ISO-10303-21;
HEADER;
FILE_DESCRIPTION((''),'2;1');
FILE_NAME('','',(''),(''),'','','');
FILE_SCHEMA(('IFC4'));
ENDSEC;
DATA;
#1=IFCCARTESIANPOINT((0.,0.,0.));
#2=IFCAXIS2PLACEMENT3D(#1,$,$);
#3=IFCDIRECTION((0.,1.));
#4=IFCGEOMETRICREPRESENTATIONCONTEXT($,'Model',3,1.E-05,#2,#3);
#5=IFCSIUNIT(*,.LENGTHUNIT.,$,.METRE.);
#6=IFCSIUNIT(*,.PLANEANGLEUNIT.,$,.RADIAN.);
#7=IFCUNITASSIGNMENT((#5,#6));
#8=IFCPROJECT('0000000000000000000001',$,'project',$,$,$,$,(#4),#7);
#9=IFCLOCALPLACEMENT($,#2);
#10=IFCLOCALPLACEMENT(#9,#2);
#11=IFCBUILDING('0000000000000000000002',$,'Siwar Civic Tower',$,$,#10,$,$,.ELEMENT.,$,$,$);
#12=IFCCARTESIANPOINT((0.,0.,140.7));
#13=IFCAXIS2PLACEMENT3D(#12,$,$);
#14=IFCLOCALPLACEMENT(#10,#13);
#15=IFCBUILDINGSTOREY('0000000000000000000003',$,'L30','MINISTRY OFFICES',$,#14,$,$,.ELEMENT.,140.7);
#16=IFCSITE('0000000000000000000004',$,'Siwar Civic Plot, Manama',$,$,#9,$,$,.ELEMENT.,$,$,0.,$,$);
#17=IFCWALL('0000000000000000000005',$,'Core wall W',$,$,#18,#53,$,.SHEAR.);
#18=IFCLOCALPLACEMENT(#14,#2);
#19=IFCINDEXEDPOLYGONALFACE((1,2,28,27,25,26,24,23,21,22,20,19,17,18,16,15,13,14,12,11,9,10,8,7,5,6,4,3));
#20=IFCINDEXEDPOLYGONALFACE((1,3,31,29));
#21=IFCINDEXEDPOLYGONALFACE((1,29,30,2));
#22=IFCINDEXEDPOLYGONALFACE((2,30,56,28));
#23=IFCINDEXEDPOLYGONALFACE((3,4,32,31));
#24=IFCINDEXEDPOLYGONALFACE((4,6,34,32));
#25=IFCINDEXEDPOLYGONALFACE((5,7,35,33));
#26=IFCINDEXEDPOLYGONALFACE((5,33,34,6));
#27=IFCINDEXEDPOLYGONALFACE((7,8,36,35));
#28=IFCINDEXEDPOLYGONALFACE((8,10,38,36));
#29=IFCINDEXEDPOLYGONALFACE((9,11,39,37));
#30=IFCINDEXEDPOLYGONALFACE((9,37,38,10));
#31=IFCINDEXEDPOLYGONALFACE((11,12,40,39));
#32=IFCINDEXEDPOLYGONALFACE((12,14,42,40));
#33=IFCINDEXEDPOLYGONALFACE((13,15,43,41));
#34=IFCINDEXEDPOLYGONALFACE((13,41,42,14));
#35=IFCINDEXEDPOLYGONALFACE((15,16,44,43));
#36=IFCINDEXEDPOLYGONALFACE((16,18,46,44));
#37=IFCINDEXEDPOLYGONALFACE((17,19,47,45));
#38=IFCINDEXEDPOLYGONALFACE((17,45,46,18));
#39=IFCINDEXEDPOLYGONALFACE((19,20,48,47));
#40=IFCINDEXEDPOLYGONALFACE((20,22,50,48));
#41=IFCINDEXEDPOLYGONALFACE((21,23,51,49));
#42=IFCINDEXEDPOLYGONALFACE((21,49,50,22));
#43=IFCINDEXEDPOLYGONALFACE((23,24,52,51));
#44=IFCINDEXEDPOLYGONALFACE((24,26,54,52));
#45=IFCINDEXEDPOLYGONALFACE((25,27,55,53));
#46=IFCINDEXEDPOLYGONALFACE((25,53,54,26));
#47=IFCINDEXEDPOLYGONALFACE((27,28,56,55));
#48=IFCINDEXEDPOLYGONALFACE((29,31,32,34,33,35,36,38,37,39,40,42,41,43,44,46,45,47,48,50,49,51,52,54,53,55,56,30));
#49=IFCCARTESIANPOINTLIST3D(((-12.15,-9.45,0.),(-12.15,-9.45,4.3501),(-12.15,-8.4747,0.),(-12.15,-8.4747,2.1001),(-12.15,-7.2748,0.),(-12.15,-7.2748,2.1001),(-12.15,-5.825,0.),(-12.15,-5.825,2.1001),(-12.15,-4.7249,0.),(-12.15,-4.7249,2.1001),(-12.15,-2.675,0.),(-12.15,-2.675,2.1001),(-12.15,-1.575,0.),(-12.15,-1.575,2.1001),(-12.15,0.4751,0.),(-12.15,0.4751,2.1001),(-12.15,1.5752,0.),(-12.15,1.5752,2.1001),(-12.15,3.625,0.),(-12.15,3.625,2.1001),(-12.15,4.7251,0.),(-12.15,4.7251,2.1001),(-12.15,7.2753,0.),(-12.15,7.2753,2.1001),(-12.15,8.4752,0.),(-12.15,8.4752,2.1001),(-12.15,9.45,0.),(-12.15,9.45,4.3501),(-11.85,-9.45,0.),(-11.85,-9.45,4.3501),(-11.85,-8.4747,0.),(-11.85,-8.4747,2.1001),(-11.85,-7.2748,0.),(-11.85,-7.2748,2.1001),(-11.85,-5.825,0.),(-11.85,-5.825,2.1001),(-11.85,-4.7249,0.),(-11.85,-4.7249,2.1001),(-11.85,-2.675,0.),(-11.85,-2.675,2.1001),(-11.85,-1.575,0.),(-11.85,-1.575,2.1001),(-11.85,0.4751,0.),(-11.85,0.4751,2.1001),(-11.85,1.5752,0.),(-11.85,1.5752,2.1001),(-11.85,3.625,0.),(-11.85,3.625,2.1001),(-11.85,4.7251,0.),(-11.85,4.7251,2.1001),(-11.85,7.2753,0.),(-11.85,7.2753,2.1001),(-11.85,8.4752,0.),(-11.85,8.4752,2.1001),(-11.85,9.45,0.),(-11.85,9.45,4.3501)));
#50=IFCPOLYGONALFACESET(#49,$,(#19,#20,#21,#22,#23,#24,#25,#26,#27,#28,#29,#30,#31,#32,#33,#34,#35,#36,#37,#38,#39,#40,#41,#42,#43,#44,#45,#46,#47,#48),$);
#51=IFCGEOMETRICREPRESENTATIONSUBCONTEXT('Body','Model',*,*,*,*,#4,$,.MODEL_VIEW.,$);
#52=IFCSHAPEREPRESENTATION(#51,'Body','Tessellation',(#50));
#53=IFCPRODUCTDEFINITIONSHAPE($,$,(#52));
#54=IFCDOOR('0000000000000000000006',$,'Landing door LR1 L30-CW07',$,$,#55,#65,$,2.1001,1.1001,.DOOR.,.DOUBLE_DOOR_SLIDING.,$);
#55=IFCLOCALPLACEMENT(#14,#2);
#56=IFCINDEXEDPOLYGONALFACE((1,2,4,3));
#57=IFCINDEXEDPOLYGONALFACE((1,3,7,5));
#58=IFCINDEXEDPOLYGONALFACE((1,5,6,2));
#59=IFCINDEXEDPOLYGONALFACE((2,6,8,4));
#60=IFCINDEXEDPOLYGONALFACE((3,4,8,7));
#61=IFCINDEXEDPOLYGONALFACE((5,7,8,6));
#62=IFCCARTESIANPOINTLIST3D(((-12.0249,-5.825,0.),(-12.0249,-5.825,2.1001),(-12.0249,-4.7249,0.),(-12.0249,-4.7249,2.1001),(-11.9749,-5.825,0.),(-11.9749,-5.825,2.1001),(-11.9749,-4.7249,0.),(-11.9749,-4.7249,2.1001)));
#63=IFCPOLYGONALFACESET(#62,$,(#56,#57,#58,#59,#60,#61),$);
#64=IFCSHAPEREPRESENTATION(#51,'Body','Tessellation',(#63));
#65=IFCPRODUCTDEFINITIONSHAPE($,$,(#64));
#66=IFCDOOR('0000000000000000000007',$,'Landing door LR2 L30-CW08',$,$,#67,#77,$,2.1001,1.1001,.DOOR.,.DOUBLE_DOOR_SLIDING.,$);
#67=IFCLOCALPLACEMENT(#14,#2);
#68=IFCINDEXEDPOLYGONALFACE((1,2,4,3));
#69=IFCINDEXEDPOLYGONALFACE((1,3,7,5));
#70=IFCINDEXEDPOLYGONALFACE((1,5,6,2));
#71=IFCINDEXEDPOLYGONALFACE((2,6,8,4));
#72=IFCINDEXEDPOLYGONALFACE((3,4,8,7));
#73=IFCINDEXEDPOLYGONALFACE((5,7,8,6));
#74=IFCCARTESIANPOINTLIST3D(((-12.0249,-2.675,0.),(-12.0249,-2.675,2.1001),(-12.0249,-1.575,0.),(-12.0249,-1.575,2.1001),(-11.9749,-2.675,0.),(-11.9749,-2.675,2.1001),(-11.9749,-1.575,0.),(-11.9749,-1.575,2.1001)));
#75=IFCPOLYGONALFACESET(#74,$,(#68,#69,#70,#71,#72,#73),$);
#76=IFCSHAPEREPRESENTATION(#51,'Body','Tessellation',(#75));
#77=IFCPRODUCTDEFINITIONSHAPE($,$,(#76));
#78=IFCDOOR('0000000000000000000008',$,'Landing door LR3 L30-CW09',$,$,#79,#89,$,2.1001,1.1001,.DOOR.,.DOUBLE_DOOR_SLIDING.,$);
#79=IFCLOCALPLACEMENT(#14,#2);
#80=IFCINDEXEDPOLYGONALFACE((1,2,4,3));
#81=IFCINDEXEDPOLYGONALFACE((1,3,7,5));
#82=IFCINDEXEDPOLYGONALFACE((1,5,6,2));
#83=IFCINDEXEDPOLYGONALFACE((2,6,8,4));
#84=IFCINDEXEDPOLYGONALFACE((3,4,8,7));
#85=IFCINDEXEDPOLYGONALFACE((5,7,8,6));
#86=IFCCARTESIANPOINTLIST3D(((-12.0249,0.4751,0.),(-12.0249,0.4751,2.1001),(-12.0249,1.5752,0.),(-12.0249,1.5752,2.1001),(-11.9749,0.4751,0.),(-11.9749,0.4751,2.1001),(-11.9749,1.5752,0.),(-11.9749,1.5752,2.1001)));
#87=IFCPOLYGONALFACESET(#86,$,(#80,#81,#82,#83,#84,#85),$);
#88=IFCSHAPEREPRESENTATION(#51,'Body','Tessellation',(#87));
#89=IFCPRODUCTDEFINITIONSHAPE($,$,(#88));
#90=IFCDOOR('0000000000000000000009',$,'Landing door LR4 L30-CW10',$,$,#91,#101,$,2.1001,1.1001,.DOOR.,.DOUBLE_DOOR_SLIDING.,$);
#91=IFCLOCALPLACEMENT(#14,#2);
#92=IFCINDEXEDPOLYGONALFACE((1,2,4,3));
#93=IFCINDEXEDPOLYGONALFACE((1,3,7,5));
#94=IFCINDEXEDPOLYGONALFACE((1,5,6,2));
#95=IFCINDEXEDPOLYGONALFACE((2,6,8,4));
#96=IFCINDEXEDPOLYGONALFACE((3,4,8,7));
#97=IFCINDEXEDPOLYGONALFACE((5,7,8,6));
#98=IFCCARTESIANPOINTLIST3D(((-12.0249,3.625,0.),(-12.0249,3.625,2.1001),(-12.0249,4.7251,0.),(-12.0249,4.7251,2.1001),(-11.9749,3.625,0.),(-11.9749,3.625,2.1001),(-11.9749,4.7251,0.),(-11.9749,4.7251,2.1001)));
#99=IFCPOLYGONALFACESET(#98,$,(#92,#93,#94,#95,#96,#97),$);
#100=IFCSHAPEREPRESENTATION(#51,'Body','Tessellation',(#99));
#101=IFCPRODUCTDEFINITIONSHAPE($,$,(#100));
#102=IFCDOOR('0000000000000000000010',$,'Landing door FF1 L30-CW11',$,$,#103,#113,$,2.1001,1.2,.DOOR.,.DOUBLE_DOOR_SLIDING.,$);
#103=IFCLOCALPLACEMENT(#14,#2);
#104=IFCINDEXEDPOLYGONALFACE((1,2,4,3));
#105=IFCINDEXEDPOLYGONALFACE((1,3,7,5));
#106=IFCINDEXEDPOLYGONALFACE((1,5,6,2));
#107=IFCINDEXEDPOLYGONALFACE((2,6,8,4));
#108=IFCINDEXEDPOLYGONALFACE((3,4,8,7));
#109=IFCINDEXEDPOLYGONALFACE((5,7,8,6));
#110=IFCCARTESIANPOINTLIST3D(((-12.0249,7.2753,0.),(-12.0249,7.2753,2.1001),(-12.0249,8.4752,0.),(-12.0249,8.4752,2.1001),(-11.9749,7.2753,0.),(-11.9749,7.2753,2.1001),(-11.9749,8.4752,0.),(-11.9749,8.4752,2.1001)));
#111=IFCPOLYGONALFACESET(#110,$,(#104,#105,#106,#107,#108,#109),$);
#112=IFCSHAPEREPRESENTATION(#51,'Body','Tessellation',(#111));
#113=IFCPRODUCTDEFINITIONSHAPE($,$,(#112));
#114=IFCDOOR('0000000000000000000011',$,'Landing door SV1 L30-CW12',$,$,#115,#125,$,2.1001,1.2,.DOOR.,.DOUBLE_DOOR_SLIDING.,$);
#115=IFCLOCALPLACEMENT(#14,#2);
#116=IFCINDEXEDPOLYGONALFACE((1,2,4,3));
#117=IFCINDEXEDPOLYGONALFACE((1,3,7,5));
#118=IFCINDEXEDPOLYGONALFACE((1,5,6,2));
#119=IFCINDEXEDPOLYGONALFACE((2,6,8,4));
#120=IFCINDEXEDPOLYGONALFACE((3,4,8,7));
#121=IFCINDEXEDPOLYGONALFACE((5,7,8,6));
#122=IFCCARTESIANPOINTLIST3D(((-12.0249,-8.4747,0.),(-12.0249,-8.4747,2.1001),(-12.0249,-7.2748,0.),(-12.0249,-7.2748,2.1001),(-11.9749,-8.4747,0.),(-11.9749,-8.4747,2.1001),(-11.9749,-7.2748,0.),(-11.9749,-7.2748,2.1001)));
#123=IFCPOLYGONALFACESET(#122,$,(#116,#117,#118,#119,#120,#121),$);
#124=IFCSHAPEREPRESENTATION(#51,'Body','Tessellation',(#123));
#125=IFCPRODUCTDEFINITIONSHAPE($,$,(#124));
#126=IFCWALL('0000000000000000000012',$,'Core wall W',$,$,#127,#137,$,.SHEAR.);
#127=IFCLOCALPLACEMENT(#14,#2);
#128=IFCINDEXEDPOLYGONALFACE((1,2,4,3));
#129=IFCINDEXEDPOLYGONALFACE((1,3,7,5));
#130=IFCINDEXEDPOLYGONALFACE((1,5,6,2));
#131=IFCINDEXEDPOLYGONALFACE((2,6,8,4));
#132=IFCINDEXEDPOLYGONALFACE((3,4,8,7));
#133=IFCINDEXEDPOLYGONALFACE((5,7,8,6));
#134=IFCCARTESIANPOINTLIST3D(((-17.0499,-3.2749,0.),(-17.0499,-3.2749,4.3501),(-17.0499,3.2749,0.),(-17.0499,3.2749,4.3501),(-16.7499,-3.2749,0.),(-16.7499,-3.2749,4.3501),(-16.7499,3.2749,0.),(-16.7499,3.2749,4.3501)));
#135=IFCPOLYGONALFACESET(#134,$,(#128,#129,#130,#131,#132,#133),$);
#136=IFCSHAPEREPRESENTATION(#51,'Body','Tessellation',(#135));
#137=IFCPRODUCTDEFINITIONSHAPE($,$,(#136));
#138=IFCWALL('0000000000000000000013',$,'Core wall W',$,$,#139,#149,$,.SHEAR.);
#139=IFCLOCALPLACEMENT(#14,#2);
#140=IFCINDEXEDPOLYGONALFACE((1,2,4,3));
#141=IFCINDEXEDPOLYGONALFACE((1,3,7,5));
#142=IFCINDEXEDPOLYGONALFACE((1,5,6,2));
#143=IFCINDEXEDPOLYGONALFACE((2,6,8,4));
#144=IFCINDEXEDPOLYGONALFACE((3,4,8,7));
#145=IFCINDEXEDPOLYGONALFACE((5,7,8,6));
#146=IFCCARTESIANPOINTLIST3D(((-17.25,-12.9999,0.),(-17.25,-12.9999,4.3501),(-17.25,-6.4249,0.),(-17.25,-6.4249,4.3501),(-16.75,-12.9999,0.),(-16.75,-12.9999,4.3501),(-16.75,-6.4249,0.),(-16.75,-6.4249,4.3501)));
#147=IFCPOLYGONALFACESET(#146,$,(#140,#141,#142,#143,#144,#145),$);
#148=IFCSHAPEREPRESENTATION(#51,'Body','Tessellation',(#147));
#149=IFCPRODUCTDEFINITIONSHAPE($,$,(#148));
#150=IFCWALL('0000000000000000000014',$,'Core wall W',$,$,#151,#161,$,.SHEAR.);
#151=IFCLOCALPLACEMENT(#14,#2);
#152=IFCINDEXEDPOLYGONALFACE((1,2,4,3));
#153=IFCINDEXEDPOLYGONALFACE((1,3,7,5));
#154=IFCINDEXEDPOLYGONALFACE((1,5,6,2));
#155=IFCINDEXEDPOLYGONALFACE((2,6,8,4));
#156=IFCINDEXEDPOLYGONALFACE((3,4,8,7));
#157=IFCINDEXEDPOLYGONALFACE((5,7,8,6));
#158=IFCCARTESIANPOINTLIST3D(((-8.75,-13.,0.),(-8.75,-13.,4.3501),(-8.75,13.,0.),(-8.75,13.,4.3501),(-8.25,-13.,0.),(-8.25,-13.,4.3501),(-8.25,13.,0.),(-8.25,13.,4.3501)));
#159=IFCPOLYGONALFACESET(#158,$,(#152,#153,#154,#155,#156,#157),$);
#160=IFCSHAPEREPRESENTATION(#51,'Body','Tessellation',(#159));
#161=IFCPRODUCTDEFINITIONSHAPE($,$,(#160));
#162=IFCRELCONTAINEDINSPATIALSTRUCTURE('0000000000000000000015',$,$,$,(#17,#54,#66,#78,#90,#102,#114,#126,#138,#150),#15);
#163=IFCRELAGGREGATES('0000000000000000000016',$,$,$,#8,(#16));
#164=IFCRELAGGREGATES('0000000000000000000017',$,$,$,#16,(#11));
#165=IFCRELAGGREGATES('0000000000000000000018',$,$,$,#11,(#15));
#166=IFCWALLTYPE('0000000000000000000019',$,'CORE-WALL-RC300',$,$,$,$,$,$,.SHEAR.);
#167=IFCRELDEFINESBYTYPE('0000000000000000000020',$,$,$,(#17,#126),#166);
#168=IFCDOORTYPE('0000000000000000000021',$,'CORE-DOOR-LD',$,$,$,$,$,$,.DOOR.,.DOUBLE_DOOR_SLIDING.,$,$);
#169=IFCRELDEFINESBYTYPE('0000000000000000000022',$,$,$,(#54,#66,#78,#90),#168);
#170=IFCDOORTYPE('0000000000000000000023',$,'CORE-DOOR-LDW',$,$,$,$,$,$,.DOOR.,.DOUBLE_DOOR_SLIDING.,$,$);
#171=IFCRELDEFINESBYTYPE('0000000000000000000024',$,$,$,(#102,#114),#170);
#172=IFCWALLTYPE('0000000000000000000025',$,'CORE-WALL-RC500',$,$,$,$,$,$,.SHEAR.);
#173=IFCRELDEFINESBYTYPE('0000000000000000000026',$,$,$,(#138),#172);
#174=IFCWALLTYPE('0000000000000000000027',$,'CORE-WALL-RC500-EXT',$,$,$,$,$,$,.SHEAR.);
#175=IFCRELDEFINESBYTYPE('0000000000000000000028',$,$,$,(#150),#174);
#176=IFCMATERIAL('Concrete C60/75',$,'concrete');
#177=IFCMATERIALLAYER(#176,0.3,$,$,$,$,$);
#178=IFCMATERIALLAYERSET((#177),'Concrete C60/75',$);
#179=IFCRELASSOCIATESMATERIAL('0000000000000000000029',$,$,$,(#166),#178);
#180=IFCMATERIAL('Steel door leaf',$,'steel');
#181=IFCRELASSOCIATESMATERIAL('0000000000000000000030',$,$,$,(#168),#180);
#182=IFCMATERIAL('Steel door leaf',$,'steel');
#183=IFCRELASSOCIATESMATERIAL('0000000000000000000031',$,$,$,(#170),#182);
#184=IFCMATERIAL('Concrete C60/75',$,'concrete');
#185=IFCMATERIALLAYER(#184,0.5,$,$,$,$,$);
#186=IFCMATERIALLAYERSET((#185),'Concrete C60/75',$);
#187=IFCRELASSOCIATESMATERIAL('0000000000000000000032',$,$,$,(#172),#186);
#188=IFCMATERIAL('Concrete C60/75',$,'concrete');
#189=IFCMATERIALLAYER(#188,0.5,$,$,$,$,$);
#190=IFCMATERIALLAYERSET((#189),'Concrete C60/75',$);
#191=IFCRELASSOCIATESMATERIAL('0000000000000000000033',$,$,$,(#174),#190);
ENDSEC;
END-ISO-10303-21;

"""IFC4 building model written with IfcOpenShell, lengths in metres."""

from ifc_helpers import new_model, si_unit, direction, frame, frame_2d, origin, place, context, subcontext, project, spatial, rectangle, extrude, material, layer, layer_set, type_object, element, fill, save


model = new_model("IFC4")

# Units and contexts
model_context = context("Model", 3, precision=1e-05, world=origin(), true_north=direction((0.0, 1.0)))
body_context = subcontext(model_context, "Body", "Model", "MODEL_VIEW")
ifc_project = project(units=[si_unit("LENGTHUNIT", "METRE"), si_unit("PLANEANGLEUNIT", "RADIAN")], contexts=[model_context])

# Site, building, storey
site_placement = place(None, origin())
site = spatial("IfcSite", under=ifc_project, at=site_placement, Name="Siwar Civic Plot, Manama", CompositionType="ELEMENT", RefElevation=0.0)
building_placement = place(site_placement, origin())
building = spatial("IfcBuilding", under=site, at=building_placement, Name="Siwar Civic Tower", CompositionType="ELEMENT")
storey_placement = place(building_placement, frame((0.0, 0.0, 140.7)))
storey = spatial("IfcBuildingStorey", under=building, at=storey_placement, Name="L30", Description="MINISTRY OFFICES", CompositionType="ELEMENT", Elevation=140.7)

# Wall, openings, doors
ifc_material_1 = material(Name="Concrete C60/75", Category="concrete")
ifc_layer_1 = layer(ifc_material_1, 0.3)
ifc_layer_set_1 = layer_set([ifc_layer_1], Name="Concrete C60/75")
wall_type_1 = type_object("IfcWallType", Name="CORE-WALL-RC300", PredefinedType="SHEAR", material=ifc_layer_set_1)
wall_1_placement = place(storey_placement, frame((-12.0, -9.45, 0.0), z_axis=(0.0, 0.0, 1.0), x_axis=(0.0, 1.0, 0.0)))
wall_1 = element("IfcWall", 1, at=wall_1_placement, inside=storey, type_object=wall_type_1, Name="Core wall W", PredefinedType="SHEAR", context=body_context, shape_type="SweptSolid", body=[
    extrude(rectangle(XDim=18.8999, YDim=0.3, at=frame_2d((9.45, 0.0))), origin(), (0.0, 0.0, 1.0), 4.3501),
])
opening_1_placement = place(wall_1_placement, frame((3.625, 0.0, 0.0)))
opening_1 = element("IfcOpeningElement", 2, at=opening_1_placement, cuts=wall_1, PredefinedType="OPENING", context=body_context, shape_type="SweptSolid", body=[
    extrude(rectangle(XDim=1.1001, YDim=2.1001, at=frame_2d((0.55, 1.05))), frame((0.0, 0.1602, 0.0), z_axis=(0.0, -1.0, 0.0), x_axis=(1.0, 0.0, 0.0)), (0.0, 0.0, 1.0), 0.3201),
])
opening_2_placement = place(wall_1_placement, frame((6.7749, 0.0, 0.0)))
opening_2 = element("IfcOpeningElement", 3, at=opening_2_placement, cuts=wall_1, PredefinedType="OPENING", context=body_context, shape_type="SweptSolid", body=[
    extrude(rectangle(XDim=1.1001, YDim=2.1001, at=frame_2d((0.55, 1.05))), frame((0.0, 0.1602, 0.0), z_axis=(0.0, -1.0, 0.0), x_axis=(1.0, 0.0, 0.0)), (0.0, 0.0, 1.0), 0.3201),
])
opening_3_placement = place(wall_1_placement, frame((9.925, 0.0, 0.0)))
opening_3 = element("IfcOpeningElement", 4, at=opening_3_placement, cuts=wall_1, PredefinedType="OPENING", context=body_context, shape_type="SweptSolid", body=[
    extrude(rectangle(XDim=1.1001, YDim=2.1001, at=frame_2d((0.55, 1.05))), frame((0.0, 0.1602, 0.0), z_axis=(0.0, -1.0, 0.0), x_axis=(1.0, 0.0, 0.0)), (0.0, 0.0, 1.0), 0.3201),
])
opening_4_placement = place(wall_1_placement, frame((13.075, 0.0, 0.0)))
opening_4 = element("IfcOpeningElement", 5, at=opening_4_placement, cuts=wall_1, PredefinedType="OPENING", context=body_context, shape_type="SweptSolid", body=[
    extrude(rectangle(XDim=1.1001, YDim=2.1001, at=frame_2d((0.55, 1.05))), frame((0.0, 0.1602, 0.0), z_axis=(0.0, -1.0, 0.0), x_axis=(1.0, 0.0, 0.0)), (0.0, 0.0, 1.0), 0.3201),
])
opening_5_placement = place(wall_1_placement, frame((16.7251, 0.0, 0.0)))
opening_5 = element("IfcOpeningElement", 6, at=opening_5_placement, cuts=wall_1, PredefinedType="OPENING", context=body_context, shape_type="SweptSolid", body=[
    extrude(rectangle(XDim=1.2, YDim=2.1001, at=frame_2d((0.6001, 1.05))), frame((0.0, 0.1602, 0.0), z_axis=(0.0, -1.0, 0.0), x_axis=(1.0, 0.0, 0.0)), (0.0, 0.0, 1.0), 0.3201),
])
opening_6_placement = place(wall_1_placement, frame((0.9751, 0.0, 0.0)))
opening_6 = element("IfcOpeningElement", 7, at=opening_6_placement, cuts=wall_1, PredefinedType="OPENING", context=body_context, shape_type="SweptSolid", body=[
    extrude(rectangle(XDim=1.2, YDim=2.1001, at=frame_2d((0.6001, 1.05))), frame((0.0, 0.1602, 0.0), z_axis=(0.0, -1.0, 0.0), x_axis=(1.0, 0.0, 0.0)), (0.0, 0.0, 1.0), 0.3201),
])
ifc_material_2 = material(Name="Steel door leaf", Category="steel")
door_type_1 = type_object("IfcDoorType", Name="CORE-DOOR-LD", OperationType="DOUBLE_DOOR_SLIDING", PredefinedType="DOOR", material=ifc_material_2)
door_1_placement = place(opening_1_placement, origin())
door_1 = element("IfcDoor", 8, at=door_1_placement, inside=storey, type_object=door_type_1, Name="Landing door LR1 L30-CW07", OperationType="DOUBLE_DOOR_SLIDING", OverallHeight=2.1001, OverallWidth=1.1001, PredefinedType="DOOR", context=body_context, shape_type="SweptSolid", body=[
    extrude(rectangle(XDim=1.1001, YDim=2.1001, at=frame_2d((0.55, 1.05))), frame((0.0, 0.0249, 0.0), z_axis=(0.0, -1.0, 0.0), x_axis=(1.0, 0.0, 0.0)), (0.0, 0.0, 1.0), 0.05),
])
fill(opening_1, door_1)
door_2_placement = place(opening_2_placement, origin())
door_2 = element("IfcDoor", 9, at=door_2_placement, inside=storey, type_object=door_type_1, Name="Landing door LR2 L30-CW08", OperationType="DOUBLE_DOOR_SLIDING", OverallHeight=2.1001, OverallWidth=1.1001, PredefinedType="DOOR", context=body_context, shape_type="SweptSolid", body=[
    extrude(rectangle(XDim=1.1001, YDim=2.1001, at=frame_2d((0.55, 1.05))), frame((0.0, 0.0249, 0.0), z_axis=(0.0, -1.0, 0.0), x_axis=(1.0, 0.0, 0.0)), (0.0, 0.0, 1.0), 0.05),
])
fill(opening_2, door_2)
door_3_placement = place(opening_3_placement, origin())
door_3 = element("IfcDoor", 10, at=door_3_placement, inside=storey, type_object=door_type_1, Name="Landing door LR3 L30-CW09", OperationType="DOUBLE_DOOR_SLIDING", OverallHeight=2.1001, OverallWidth=1.1001, PredefinedType="DOOR", context=body_context, shape_type="SweptSolid", body=[
    extrude(rectangle(XDim=1.1001, YDim=2.1001, at=frame_2d((0.55, 1.05))), frame((0.0, 0.0249, 0.0), z_axis=(0.0, -1.0, 0.0), x_axis=(1.0, 0.0, 0.0)), (0.0, 0.0, 1.0), 0.05),
])
fill(opening_3, door_3)
door_4_placement = place(opening_4_placement, origin())
door_4 = element("IfcDoor", 11, at=door_4_placement, inside=storey, type_object=door_type_1, Name="Landing door LR4 L30-CW10", OperationType="DOUBLE_DOOR_SLIDING", OverallHeight=2.1001, OverallWidth=1.1001, PredefinedType="DOOR", context=body_context, shape_type="SweptSolid", body=[
    extrude(rectangle(XDim=1.1001, YDim=2.1001, at=frame_2d((0.55, 1.05))), frame((0.0, 0.0249, 0.0), z_axis=(0.0, -1.0, 0.0), x_axis=(1.0, 0.0, 0.0)), (0.0, 0.0, 1.0), 0.05),
])
fill(opening_4, door_4)
ifc_material_3 = material(Name="Steel door leaf", Category="steel")
door_type_2 = type_object("IfcDoorType", Name="CORE-DOOR-LDW", OperationType="DOUBLE_DOOR_SLIDING", PredefinedType="DOOR", material=ifc_material_3)
door_5_placement = place(opening_5_placement, origin())
door_5 = element("IfcDoor", 12, at=door_5_placement, inside=storey, type_object=door_type_2, Name="Landing door FF1 L30-CW11", OperationType="DOUBLE_DOOR_SLIDING", OverallHeight=2.1001, OverallWidth=1.2, PredefinedType="DOOR", context=body_context, shape_type="SweptSolid", body=[
    extrude(rectangle(XDim=1.2, YDim=2.1001, at=frame_2d((0.6001, 1.05))), frame((0.0, 0.0249, 0.0), z_axis=(0.0, -1.0, 0.0), x_axis=(1.0, 0.0, 0.0)), (0.0, 0.0, 1.0), 0.05),
])
fill(opening_5, door_5)
door_6_placement = place(opening_6_placement, origin())
door_6 = element("IfcDoor", 13, at=door_6_placement, inside=storey, type_object=door_type_2, Name="Landing door SV1 L30-CW12", OperationType="DOUBLE_DOOR_SLIDING", OverallHeight=2.1001, OverallWidth=1.2, PredefinedType="DOOR", context=body_context, shape_type="SweptSolid", body=[
    extrude(rectangle(XDim=1.2, YDim=2.1001, at=frame_2d((0.6001, 1.05))), frame((0.0, 0.0249, 0.0), z_axis=(0.0, -1.0, 0.0), x_axis=(1.0, 0.0, 0.0)), (0.0, 0.0, 1.0), 0.05),
])
fill(opening_6, door_6)

# Walls
wall_2_placement = place(storey_placement, frame((-16.8999, -3.2749, 0.0), z_axis=(0.0, 0.0, 1.0), x_axis=(0.0, 1.0, 0.0)))
element("IfcWall", 14, at=wall_2_placement, inside=storey, type_object=wall_type_1, Name="Core wall W", PredefinedType="SHEAR", context=body_context, shape_type="SweptSolid", body=[
    extrude(rectangle(XDim=6.5498, YDim=0.3, at=frame_2d((3.2749, 0.0))), origin(), (0.0, 0.0, 1.0), 4.3501),
])
ifc_material_4 = material(Name="Concrete C60/75", Category="concrete")
ifc_layer_2 = layer(ifc_material_4, 0.5)
ifc_layer_set_2 = layer_set([ifc_layer_2], Name="Concrete C60/75")
wall_type_2 = type_object("IfcWallType", Name="CORE-WALL-RC500", PredefinedType="SHEAR", material=ifc_layer_set_2)
wall_3_placement = place(storey_placement, frame((-17.0, -13.0, 0.0), z_axis=(0.0, 0.0, 1.0), x_axis=(0.0, 1.0, 0.0)))
element("IfcWall", 15, at=wall_3_placement, inside=storey, type_object=wall_type_2, Name="Core wall W", PredefinedType="SHEAR", context=body_context, shape_type="SweptSolid", body=[
    extrude(rectangle(XDim=6.575, YDim=0.5, at=frame_2d((3.2876, 0.0))), origin(), (0.0, 0.0, 1.0), 4.3501),
])
ifc_material_5 = material(Name="Concrete C60/75", Category="concrete")
ifc_layer_3 = layer(ifc_material_5, 0.5)
ifc_layer_set_3 = layer_set([ifc_layer_3], Name="Concrete C60/75")
wall_type_3 = type_object("IfcWallType", Name="CORE-WALL-RC500-EXT", PredefinedType="SHEAR", material=ifc_layer_set_3)
wall_4_placement = place(storey_placement, frame((-8.5, -13.0, 0.0), z_axis=(0.0, 0.0, 1.0), x_axis=(0.0, 1.0, 0.0)))
element("IfcWall", 16, at=wall_4_placement, inside=storey, type_object=wall_type_3, Name="Core wall W", PredefinedType="SHEAR", context=body_context, shape_type="SweptSolid", body=[
    extrude(rectangle(XDim=26.0, YDim=0.5, at=frame_2d((13.0, 0.0))), origin(), (0.0, 0.0, 1.0), 4.3501),
])

save(model, "model.ifc")
